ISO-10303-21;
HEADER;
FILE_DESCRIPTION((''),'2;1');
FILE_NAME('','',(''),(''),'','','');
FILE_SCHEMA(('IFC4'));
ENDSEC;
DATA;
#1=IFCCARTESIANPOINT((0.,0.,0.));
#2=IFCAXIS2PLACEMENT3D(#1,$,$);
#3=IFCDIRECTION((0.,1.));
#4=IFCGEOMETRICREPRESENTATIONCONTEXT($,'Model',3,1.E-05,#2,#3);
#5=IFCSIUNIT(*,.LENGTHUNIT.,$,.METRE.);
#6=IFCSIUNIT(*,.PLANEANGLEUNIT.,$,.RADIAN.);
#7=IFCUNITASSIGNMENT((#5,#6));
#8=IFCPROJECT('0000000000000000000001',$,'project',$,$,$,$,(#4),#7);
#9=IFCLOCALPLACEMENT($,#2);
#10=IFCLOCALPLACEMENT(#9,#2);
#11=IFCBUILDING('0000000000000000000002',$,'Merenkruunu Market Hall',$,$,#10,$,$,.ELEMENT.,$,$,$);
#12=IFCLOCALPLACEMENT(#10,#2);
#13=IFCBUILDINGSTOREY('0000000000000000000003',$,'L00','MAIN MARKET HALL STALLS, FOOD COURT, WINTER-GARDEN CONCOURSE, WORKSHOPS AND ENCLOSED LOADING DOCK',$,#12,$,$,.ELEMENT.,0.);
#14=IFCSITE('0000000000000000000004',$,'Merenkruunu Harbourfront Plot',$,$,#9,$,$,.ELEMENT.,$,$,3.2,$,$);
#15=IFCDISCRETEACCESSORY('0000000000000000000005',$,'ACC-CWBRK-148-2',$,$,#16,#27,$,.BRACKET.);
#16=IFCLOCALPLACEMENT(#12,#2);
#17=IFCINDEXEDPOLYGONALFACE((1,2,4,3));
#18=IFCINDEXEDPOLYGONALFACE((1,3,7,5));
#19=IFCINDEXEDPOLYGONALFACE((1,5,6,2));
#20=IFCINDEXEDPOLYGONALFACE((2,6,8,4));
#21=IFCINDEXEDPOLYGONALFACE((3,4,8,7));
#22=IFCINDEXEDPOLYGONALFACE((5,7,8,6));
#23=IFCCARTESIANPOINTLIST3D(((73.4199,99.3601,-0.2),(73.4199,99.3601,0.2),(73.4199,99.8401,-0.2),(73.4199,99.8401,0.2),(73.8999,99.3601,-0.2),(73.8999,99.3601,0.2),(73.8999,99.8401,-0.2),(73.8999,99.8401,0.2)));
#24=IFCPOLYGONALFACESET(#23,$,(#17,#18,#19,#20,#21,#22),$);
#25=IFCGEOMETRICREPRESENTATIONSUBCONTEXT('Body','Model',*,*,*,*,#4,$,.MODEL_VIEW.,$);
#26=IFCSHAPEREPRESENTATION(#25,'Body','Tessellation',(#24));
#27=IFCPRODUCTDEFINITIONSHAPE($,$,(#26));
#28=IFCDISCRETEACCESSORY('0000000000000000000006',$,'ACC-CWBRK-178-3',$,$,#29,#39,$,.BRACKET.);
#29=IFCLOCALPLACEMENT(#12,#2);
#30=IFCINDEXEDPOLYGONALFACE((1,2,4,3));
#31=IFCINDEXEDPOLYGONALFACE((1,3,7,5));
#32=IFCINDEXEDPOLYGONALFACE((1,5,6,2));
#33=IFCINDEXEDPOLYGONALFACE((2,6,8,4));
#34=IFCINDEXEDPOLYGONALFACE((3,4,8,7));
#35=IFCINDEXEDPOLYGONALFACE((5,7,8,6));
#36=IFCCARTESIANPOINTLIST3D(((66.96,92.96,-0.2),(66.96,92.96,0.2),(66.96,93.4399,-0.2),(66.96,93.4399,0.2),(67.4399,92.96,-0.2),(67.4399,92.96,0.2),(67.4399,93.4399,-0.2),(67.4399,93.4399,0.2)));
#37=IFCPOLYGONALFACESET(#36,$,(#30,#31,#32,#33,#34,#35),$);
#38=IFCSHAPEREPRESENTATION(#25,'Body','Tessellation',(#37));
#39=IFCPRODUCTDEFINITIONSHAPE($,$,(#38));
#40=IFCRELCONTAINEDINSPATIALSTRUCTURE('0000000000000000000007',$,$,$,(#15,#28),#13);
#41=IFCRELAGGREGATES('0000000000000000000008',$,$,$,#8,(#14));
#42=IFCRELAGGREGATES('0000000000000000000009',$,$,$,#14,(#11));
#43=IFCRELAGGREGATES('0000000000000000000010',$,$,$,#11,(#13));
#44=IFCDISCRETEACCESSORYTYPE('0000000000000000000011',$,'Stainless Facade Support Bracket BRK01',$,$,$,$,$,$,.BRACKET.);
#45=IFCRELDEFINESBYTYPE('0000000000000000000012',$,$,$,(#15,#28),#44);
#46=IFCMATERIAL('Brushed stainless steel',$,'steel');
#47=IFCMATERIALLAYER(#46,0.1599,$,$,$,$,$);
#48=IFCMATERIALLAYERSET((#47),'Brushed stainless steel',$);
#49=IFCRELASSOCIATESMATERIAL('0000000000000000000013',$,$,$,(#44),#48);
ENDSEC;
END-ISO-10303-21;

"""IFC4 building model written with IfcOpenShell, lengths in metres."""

from ifc_helpers import new_model, si_unit, direction, frame, origin, origin_2d, place, context, subcontext, project, spatial, rectangle, extrude, material, layer, layer_set, type_object, element, save


model = new_model("IFC4")

# Units and contexts
model_context = context("Model", 3, precision=1e-05, world=origin(), true_north=direction((0.0, 1.0)))
body_context = subcontext(model_context, "Body", "Model", "MODEL_VIEW")
ifc_project = project(units=[si_unit("LENGTHUNIT", "METRE"), si_unit("PLANEANGLEUNIT", "RADIAN")], contexts=[model_context])

# Site, building, storey
site_placement = place(None, origin())
site = spatial("IfcSite", under=ifc_project, at=site_placement, Name="Merenkruunu Harbourfront Plot", CompositionType="ELEMENT", RefElevation=3.2)
building_placement = place(site_placement, origin())
building = spatial("IfcBuilding", under=site, at=building_placement, Name="Merenkruunu Market Hall", CompositionType="ELEMENT")
storey_placement = place(building_placement, origin())
storey = spatial("IfcBuildingStorey", under=building, at=storey_placement, Name="L00", Description="MAIN MARKET HALL STALLS, FOOD COURT, WINTER-GARDEN CONCOURSE, WORKSHOPS AND ENCLOSED LOADING DOCK", CompositionType="ELEMENT", Elevation=0.0)

# Shared definitions
ifc_material_1 = material(Name="Brushed stainless steel", Category="steel")

# Discrete accessories
ifc_layer_1 = layer(ifc_material_1, 0.1599)
ifc_layer_set_1 = layer_set([ifc_layer_1], Name="Brushed stainless steel")
discrete_accessory_type = type_object("IfcDiscreteAccessoryType", Name="Stainless Facade Support Bracket BRK01", PredefinedType="BRACKET", material=ifc_layer_set_1)
for number, where, z_axis, x_axis, name in (
    (1, (73.6599, 99.6001, -0.2), (0.0, 0.0, 1.0), (1.0, 0.0, 0.0), "ACC-CWBRK-148-2"),
    (2, (67.2, 93.2, -0.2), (0.0, 0.0, 1.0), (1.0, 0.0, 0.0), "ACC-CWBRK-178-3"),
):
    element("IfcDiscreteAccessory", number, at=place(storey_placement, frame(where, z_axis=z_axis, x_axis=x_axis)), inside=storey, type_object=discrete_accessory_type, Name=name, PredefinedType="BRACKET", context=body_context, shape_type="SweptSolid", body=[
        extrude(rectangle(XDim=0.48, YDim=0.48, at=origin_2d()), origin(), (0.0, 0.0, 1.0), 0.3999),
    ])

save(model, "model.ifc")
